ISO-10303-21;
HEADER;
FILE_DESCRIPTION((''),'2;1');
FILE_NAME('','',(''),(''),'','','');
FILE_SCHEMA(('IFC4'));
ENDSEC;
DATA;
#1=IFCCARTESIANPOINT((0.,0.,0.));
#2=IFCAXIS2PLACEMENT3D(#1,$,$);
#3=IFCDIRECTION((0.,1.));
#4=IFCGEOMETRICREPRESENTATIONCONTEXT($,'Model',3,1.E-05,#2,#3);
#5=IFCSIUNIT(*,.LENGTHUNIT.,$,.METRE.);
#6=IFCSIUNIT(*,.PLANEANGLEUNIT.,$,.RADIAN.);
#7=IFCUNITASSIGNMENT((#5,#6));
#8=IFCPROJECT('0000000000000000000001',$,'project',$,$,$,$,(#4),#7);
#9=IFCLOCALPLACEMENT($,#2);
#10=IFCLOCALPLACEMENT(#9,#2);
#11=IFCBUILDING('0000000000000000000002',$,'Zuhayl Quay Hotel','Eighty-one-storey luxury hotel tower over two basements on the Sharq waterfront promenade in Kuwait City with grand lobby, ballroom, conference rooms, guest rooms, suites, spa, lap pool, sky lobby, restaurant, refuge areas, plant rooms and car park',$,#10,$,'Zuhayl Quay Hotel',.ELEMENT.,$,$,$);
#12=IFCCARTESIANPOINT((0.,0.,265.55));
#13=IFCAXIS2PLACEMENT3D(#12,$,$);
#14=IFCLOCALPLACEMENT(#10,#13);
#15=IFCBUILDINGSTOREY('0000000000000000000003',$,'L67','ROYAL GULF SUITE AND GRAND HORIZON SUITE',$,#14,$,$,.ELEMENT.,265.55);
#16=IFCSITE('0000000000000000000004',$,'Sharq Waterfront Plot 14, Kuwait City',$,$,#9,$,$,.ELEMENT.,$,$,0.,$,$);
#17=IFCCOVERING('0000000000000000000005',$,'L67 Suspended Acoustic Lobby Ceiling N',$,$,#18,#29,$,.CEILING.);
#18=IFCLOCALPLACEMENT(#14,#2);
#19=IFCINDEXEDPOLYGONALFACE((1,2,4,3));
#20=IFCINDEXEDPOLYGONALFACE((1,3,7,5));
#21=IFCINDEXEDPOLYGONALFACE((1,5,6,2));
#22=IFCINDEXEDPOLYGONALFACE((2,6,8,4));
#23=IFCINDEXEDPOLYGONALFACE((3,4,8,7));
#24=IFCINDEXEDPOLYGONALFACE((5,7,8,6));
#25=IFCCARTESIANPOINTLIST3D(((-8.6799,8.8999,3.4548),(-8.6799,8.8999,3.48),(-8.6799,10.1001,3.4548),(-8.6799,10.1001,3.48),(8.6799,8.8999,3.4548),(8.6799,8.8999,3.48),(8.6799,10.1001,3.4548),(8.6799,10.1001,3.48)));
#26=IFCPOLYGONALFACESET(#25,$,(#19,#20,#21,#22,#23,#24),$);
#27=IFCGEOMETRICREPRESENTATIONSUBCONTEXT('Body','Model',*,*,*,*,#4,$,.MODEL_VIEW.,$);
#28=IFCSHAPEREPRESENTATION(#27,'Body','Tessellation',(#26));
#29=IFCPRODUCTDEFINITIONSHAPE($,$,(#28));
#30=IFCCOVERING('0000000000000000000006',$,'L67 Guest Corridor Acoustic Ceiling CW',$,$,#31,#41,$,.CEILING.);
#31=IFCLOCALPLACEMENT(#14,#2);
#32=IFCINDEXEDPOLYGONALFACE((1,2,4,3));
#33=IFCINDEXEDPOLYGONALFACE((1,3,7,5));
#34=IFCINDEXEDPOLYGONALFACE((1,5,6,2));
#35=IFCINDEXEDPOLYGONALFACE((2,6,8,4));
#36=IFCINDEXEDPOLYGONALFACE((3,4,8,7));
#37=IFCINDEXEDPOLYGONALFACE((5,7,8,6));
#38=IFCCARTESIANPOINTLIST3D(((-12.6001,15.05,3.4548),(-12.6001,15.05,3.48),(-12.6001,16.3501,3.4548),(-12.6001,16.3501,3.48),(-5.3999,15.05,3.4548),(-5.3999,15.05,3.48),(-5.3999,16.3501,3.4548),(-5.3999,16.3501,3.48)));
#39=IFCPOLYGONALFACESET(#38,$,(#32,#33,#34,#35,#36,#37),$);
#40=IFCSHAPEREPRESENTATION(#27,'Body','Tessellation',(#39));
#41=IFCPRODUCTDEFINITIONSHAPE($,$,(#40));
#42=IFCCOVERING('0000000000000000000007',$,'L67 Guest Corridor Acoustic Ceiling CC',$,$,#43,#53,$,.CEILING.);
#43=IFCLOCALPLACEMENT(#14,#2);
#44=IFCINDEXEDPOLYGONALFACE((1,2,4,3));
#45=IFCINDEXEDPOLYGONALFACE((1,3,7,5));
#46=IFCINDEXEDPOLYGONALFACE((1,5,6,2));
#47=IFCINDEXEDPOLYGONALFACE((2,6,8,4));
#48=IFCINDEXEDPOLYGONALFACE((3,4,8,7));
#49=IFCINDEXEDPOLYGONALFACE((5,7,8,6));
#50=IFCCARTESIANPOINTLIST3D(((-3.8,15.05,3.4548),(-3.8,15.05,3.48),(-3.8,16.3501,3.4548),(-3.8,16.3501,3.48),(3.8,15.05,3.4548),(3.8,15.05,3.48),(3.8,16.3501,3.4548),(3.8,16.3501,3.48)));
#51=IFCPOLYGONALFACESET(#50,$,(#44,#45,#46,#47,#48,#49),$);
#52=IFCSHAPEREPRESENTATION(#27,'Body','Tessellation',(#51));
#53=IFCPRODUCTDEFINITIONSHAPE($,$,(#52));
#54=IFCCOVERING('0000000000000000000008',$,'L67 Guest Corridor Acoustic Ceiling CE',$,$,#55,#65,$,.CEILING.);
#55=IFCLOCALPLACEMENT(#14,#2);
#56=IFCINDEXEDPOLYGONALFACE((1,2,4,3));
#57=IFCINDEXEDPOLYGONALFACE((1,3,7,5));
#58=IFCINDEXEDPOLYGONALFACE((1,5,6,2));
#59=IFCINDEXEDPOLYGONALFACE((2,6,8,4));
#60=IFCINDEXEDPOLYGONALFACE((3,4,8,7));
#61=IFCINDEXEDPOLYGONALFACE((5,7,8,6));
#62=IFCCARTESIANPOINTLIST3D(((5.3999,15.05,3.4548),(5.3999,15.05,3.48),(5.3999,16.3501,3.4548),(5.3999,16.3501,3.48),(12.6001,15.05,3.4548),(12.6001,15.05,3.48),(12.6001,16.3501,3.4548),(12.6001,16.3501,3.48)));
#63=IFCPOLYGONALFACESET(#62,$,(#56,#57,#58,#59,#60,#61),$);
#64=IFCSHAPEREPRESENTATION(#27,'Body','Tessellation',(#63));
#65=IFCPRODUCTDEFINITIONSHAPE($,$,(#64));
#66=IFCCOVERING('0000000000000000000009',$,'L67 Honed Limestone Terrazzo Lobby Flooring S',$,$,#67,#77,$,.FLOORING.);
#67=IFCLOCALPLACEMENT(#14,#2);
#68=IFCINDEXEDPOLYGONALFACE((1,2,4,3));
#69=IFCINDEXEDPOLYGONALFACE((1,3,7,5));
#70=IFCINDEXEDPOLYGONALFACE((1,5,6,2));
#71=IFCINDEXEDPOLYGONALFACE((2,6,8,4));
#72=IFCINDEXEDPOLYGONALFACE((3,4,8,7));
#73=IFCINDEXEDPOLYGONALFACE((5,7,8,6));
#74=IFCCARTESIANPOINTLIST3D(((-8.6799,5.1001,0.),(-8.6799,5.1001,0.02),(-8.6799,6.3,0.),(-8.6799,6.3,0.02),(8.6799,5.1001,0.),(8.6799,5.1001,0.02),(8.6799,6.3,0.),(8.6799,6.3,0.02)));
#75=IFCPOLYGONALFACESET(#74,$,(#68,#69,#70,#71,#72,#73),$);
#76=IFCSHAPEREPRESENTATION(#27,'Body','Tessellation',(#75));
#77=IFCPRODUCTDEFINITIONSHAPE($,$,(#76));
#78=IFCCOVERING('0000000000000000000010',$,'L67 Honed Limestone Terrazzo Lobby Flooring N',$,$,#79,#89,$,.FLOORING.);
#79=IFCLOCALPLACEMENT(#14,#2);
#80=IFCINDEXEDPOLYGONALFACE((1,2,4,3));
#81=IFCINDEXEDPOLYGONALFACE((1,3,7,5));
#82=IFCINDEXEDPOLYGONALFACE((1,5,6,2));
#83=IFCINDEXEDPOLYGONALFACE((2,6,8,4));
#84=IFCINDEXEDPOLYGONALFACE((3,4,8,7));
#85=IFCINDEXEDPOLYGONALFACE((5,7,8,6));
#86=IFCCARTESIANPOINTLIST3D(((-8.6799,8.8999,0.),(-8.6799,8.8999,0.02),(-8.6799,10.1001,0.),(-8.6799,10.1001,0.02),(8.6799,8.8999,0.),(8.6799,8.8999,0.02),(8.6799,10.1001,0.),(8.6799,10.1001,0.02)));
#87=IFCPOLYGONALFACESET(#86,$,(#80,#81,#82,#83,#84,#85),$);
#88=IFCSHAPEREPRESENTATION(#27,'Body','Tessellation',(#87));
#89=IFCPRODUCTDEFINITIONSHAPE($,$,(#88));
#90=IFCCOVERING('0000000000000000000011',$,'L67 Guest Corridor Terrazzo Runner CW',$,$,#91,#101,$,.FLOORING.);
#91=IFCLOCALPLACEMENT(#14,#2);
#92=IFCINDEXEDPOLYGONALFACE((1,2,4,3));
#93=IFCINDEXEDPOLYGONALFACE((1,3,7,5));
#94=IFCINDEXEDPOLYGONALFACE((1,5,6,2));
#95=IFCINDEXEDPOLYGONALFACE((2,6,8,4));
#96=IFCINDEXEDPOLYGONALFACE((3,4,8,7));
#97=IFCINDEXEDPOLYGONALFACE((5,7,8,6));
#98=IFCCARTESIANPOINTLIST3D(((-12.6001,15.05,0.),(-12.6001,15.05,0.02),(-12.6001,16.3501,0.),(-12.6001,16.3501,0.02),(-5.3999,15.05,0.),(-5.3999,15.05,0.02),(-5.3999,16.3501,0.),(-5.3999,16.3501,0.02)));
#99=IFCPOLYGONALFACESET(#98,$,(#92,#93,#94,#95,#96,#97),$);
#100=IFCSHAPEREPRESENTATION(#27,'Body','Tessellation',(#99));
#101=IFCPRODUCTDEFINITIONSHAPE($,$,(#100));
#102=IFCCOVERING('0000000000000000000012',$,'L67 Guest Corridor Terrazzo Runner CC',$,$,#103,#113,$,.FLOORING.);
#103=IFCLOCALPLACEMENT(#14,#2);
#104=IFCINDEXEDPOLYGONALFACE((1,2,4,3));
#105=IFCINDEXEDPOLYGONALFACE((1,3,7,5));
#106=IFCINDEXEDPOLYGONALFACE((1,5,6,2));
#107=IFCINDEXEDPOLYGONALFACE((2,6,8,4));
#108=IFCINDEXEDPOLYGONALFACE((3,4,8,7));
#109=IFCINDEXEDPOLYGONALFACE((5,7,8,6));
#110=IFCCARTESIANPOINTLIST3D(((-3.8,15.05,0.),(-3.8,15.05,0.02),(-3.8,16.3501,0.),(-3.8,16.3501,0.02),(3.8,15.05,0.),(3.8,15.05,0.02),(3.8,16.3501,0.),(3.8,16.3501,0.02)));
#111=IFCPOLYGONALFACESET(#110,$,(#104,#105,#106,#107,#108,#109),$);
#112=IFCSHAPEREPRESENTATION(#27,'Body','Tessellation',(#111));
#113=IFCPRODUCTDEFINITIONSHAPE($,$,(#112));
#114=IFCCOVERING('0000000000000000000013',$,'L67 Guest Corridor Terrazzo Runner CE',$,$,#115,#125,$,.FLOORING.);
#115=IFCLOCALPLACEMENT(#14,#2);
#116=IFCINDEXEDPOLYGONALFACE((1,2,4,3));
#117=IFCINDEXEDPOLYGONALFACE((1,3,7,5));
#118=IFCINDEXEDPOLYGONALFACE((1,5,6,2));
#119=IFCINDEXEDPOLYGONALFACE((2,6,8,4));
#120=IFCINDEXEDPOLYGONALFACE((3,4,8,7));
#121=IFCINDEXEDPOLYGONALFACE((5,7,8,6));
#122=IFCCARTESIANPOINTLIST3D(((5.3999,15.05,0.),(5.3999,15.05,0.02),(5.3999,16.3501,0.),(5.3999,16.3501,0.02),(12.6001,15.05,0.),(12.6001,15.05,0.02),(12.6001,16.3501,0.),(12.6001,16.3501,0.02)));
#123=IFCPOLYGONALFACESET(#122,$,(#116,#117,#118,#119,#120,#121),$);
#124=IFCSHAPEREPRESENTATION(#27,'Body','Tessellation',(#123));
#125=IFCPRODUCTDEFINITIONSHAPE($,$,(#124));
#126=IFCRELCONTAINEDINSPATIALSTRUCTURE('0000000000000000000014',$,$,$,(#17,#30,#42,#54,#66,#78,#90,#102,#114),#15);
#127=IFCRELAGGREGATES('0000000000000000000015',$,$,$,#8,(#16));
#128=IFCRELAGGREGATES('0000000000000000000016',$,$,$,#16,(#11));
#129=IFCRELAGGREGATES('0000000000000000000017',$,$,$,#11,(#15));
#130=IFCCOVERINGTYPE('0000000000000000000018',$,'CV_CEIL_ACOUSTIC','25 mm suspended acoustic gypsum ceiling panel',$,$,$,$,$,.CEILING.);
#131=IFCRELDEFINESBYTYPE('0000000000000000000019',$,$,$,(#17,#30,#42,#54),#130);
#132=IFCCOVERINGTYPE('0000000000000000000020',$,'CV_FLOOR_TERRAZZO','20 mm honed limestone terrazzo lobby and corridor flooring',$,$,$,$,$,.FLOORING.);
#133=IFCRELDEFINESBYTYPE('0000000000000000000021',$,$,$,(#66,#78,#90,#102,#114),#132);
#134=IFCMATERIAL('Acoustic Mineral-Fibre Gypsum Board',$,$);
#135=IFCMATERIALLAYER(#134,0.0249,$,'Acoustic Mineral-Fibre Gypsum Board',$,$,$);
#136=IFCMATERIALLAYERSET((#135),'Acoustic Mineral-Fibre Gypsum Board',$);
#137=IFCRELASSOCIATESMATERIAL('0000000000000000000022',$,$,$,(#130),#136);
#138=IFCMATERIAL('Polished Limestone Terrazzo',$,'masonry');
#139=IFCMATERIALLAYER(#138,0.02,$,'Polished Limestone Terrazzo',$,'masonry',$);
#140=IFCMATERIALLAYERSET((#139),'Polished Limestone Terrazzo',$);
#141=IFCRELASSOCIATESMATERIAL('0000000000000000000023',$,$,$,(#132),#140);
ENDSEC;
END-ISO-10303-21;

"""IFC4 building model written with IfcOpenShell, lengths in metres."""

from ifc_helpers import new_model, si_unit, direction, frame, origin, place, context, subcontext, project, spatial, polyline, outline, extrude, material, layer, layer_set, type_object, element, save


model = new_model("IFC4")

# Units and contexts
model_context = context("Model", 3, precision=1e-05, world=origin(), true_north=direction((0.0, 1.0)))
body_context = subcontext(model_context, "Body", "Model", "MODEL_VIEW")
ifc_project = project(units=[si_unit("LENGTHUNIT", "METRE"), si_unit("PLANEANGLEUNIT", "RADIAN")], contexts=[model_context])

# Site, building, storey
site_placement = place(None, origin())
site = spatial("IfcSite", under=ifc_project, at=site_placement, Name="Sharq Waterfront Plot 14, Kuwait City", CompositionType="ELEMENT", RefElevation=0.0)
building_placement = place(site_placement, origin())
building = spatial("IfcBuilding", under=site, at=building_placement, Name="Zuhayl Quay Hotel", Description="Eighty-one-storey luxury hotel tower over two basements on the Sharq waterfront promenade in Kuwait City with grand lobby, ballroom, conference rooms, guest rooms, suites, spa, lap pool, sky lobby, restaurant, refuge areas, plant rooms and car park", LongName="Zuhayl Quay Hotel", CompositionType="ELEMENT")
storey_placement = place(building_placement, frame((0.0, 0.0, 265.55)))
storey = spatial("IfcBuildingStorey", under=building, at=storey_placement, Name="L67", Description="ROYAL GULF SUITE AND GRAND HORIZON SUITE", CompositionType="ELEMENT", Elevation=265.55)

# Coverings
ifc_material_1 = material(Name="Acoustic Mineral-Fibre Gypsum Board")
ifc_layer_1 = layer(ifc_material_1, 0.0249, Name="Acoustic Mineral-Fibre Gypsum Board")
ifc_layer_set_1 = layer_set([ifc_layer_1], Name="Acoustic Mineral-Fibre Gypsum Board")
covering_type_1 = type_object("IfcCoveringType", Name="CV_CEIL_ACOUSTIC", Description="25 mm suspended acoustic gypsum ceiling panel", PredefinedType="CEILING", material=ifc_layer_set_1)
covering_1_placement = place(storey_placement, frame((0.0, 0.0, 3.4548)))
element("IfcCovering", 1, at=covering_1_placement, inside=storey, type_object=covering_type_1, Name="L67 Suspended Acoustic Lobby Ceiling N", PredefinedType="CEILING", context=body_context, shape_type="SweptSolid", body=[
    extrude(outline(polyline([(-8.6799, 8.8999), (8.6799, 8.8999), (8.6799, 10.1001), (-8.6799, 10.1001), (-8.6799, 8.8999)])), origin(), (0.0, 0.0, 1.0), 0.0251),
])
covering_2_placement = place(storey_placement, frame((0.0, 0.0, 3.4548)))
element("IfcCovering", 2, at=covering_2_placement, inside=storey, type_object=covering_type_1, Name="L67 Guest Corridor Acoustic Ceiling CW", PredefinedType="CEILING", context=body_context, shape_type="SweptSolid", body=[
    extrude(outline(polyline([(-12.6001, 15.05), (-5.3999, 15.05), (-5.3999, 16.3501), (-12.6001, 16.3501), (-12.6001, 15.05)])), origin(), (0.0, 0.0, 1.0), 0.0251),
])
covering_3_placement = place(storey_placement, frame((0.0, 0.0, 3.4548)))
element("IfcCovering", 3, at=covering_3_placement, inside=storey, type_object=covering_type_1, Name="L67 Guest Corridor Acoustic Ceiling CC", PredefinedType="CEILING", context=body_context, shape_type="SweptSolid", body=[
    extrude(outline(polyline([(-3.8, 15.05), (3.8, 15.05), (3.8, 16.3501), (-3.8, 16.3501), (-3.8, 15.05)])), origin(), (0.0, 0.0, 1.0), 0.0251),
])
covering_4_placement = place(storey_placement, frame((0.0, 0.0, 3.4548)))
element("IfcCovering", 4, at=covering_4_placement, inside=storey, type_object=covering_type_1, Name="L67 Guest Corridor Acoustic Ceiling CE", PredefinedType="CEILING", context=body_context, shape_type="SweptSolid", body=[
    extrude(outline(polyline([(5.3999, 15.05), (12.6001, 15.05), (12.6001, 16.3501), (5.3999, 16.3501), (5.3999, 15.05)])), origin(), (0.0, 0.0, 1.0), 0.0251),
])
ifc_material_2 = material(Name="Polished Limestone Terrazzo", Category="masonry")
ifc_layer_2 = layer(ifc_material_2, 0.02, Name="Polished Limestone Terrazzo", Category="masonry")
ifc_layer_set_2 = layer_set([ifc_layer_2], Name="Polished Limestone Terrazzo")
covering_type_2 = type_object("IfcCoveringType", Name="CV_FLOOR_TERRAZZO", Description="20 mm honed limestone terrazzo lobby and corridor flooring", PredefinedType="FLOORING", material=ifc_layer_set_2)
covering_5_placement = place(storey_placement, origin())
element("IfcCovering", 5, at=covering_5_placement, inside=storey, type_object=covering_type_2, Name="L67 Honed Limestone Terrazzo Lobby Flooring S", PredefinedType="FLOORING", context=body_context, shape_type="SweptSolid", body=[
    extrude(outline(polyline([(-8.6799, 5.1001), (8.6799, 5.1001), (8.6799, 6.3), (-8.6799, 6.3), (-8.6799, 5.1001)])), origin(), (0.0, 0.0, 1.0), 0.02),
])
covering_6_placement = place(storey_placement, origin())
element("IfcCovering", 6, at=covering_6_placement, inside=storey, type_object=covering_type_2, Name="L67 Honed Limestone Terrazzo Lobby Flooring N", PredefinedType="FLOORING", context=body_context, shape_type="SweptSolid", body=[
    extrude(outline(polyline([(-8.6799, 8.8999), (8.6799, 8.8999), (8.6799, 10.1001), (-8.6799, 10.1001), (-8.6799, 8.8999)])), origin(), (0.0, 0.0, 1.0), 0.02),
])
covering_7_placement = place(storey_placement, origin())
element("IfcCovering", 7, at=covering_7_placement, inside=storey, type_object=covering_type_2, Name="L67 Guest Corridor Terrazzo Runner CW", PredefinedType="FLOORING", context=body_context, shape_type="SweptSolid", body=[
    extrude(outline(polyline([(-12.6001, 15.05), (-5.3999, 15.05), (-5.3999, 16.3501), (-12.6001, 16.3501), (-12.6001, 15.05)])), origin(), (0.0, 0.0, 1.0), 0.02),
])
covering_8_placement = place(storey_placement, origin())
element("IfcCovering", 8, at=covering_8_placement, inside=storey, type_object=covering_type_2, Name="L67 Guest Corridor Terrazzo Runner CC", PredefinedType="FLOORING", context=body_context, shape_type="SweptSolid", body=[
    extrude(outline(polyline([(-3.8, 15.05), (3.8, 15.05), (3.8, 16.3501), (-3.8, 16.3501), (-3.8, 15.05)])), origin(), (0.0, 0.0, 1.0), 0.02),
])
covering_9_placement = place(storey_placement, origin())
element("IfcCovering", 9, at=covering_9_placement, inside=storey, type_object=covering_type_2, Name="L67 Guest Corridor Terrazzo Runner CE", PredefinedType="FLOORING", context=body_context, shape_type="SweptSolid", body=[
    extrude(outline(polyline([(5.3999, 15.05), (12.6001, 15.05), (12.6001, 16.3501), (5.3999, 16.3501), (5.3999, 15.05)])), origin(), (0.0, 0.0, 1.0), 0.02),
])

save(model, "model.ifc")
